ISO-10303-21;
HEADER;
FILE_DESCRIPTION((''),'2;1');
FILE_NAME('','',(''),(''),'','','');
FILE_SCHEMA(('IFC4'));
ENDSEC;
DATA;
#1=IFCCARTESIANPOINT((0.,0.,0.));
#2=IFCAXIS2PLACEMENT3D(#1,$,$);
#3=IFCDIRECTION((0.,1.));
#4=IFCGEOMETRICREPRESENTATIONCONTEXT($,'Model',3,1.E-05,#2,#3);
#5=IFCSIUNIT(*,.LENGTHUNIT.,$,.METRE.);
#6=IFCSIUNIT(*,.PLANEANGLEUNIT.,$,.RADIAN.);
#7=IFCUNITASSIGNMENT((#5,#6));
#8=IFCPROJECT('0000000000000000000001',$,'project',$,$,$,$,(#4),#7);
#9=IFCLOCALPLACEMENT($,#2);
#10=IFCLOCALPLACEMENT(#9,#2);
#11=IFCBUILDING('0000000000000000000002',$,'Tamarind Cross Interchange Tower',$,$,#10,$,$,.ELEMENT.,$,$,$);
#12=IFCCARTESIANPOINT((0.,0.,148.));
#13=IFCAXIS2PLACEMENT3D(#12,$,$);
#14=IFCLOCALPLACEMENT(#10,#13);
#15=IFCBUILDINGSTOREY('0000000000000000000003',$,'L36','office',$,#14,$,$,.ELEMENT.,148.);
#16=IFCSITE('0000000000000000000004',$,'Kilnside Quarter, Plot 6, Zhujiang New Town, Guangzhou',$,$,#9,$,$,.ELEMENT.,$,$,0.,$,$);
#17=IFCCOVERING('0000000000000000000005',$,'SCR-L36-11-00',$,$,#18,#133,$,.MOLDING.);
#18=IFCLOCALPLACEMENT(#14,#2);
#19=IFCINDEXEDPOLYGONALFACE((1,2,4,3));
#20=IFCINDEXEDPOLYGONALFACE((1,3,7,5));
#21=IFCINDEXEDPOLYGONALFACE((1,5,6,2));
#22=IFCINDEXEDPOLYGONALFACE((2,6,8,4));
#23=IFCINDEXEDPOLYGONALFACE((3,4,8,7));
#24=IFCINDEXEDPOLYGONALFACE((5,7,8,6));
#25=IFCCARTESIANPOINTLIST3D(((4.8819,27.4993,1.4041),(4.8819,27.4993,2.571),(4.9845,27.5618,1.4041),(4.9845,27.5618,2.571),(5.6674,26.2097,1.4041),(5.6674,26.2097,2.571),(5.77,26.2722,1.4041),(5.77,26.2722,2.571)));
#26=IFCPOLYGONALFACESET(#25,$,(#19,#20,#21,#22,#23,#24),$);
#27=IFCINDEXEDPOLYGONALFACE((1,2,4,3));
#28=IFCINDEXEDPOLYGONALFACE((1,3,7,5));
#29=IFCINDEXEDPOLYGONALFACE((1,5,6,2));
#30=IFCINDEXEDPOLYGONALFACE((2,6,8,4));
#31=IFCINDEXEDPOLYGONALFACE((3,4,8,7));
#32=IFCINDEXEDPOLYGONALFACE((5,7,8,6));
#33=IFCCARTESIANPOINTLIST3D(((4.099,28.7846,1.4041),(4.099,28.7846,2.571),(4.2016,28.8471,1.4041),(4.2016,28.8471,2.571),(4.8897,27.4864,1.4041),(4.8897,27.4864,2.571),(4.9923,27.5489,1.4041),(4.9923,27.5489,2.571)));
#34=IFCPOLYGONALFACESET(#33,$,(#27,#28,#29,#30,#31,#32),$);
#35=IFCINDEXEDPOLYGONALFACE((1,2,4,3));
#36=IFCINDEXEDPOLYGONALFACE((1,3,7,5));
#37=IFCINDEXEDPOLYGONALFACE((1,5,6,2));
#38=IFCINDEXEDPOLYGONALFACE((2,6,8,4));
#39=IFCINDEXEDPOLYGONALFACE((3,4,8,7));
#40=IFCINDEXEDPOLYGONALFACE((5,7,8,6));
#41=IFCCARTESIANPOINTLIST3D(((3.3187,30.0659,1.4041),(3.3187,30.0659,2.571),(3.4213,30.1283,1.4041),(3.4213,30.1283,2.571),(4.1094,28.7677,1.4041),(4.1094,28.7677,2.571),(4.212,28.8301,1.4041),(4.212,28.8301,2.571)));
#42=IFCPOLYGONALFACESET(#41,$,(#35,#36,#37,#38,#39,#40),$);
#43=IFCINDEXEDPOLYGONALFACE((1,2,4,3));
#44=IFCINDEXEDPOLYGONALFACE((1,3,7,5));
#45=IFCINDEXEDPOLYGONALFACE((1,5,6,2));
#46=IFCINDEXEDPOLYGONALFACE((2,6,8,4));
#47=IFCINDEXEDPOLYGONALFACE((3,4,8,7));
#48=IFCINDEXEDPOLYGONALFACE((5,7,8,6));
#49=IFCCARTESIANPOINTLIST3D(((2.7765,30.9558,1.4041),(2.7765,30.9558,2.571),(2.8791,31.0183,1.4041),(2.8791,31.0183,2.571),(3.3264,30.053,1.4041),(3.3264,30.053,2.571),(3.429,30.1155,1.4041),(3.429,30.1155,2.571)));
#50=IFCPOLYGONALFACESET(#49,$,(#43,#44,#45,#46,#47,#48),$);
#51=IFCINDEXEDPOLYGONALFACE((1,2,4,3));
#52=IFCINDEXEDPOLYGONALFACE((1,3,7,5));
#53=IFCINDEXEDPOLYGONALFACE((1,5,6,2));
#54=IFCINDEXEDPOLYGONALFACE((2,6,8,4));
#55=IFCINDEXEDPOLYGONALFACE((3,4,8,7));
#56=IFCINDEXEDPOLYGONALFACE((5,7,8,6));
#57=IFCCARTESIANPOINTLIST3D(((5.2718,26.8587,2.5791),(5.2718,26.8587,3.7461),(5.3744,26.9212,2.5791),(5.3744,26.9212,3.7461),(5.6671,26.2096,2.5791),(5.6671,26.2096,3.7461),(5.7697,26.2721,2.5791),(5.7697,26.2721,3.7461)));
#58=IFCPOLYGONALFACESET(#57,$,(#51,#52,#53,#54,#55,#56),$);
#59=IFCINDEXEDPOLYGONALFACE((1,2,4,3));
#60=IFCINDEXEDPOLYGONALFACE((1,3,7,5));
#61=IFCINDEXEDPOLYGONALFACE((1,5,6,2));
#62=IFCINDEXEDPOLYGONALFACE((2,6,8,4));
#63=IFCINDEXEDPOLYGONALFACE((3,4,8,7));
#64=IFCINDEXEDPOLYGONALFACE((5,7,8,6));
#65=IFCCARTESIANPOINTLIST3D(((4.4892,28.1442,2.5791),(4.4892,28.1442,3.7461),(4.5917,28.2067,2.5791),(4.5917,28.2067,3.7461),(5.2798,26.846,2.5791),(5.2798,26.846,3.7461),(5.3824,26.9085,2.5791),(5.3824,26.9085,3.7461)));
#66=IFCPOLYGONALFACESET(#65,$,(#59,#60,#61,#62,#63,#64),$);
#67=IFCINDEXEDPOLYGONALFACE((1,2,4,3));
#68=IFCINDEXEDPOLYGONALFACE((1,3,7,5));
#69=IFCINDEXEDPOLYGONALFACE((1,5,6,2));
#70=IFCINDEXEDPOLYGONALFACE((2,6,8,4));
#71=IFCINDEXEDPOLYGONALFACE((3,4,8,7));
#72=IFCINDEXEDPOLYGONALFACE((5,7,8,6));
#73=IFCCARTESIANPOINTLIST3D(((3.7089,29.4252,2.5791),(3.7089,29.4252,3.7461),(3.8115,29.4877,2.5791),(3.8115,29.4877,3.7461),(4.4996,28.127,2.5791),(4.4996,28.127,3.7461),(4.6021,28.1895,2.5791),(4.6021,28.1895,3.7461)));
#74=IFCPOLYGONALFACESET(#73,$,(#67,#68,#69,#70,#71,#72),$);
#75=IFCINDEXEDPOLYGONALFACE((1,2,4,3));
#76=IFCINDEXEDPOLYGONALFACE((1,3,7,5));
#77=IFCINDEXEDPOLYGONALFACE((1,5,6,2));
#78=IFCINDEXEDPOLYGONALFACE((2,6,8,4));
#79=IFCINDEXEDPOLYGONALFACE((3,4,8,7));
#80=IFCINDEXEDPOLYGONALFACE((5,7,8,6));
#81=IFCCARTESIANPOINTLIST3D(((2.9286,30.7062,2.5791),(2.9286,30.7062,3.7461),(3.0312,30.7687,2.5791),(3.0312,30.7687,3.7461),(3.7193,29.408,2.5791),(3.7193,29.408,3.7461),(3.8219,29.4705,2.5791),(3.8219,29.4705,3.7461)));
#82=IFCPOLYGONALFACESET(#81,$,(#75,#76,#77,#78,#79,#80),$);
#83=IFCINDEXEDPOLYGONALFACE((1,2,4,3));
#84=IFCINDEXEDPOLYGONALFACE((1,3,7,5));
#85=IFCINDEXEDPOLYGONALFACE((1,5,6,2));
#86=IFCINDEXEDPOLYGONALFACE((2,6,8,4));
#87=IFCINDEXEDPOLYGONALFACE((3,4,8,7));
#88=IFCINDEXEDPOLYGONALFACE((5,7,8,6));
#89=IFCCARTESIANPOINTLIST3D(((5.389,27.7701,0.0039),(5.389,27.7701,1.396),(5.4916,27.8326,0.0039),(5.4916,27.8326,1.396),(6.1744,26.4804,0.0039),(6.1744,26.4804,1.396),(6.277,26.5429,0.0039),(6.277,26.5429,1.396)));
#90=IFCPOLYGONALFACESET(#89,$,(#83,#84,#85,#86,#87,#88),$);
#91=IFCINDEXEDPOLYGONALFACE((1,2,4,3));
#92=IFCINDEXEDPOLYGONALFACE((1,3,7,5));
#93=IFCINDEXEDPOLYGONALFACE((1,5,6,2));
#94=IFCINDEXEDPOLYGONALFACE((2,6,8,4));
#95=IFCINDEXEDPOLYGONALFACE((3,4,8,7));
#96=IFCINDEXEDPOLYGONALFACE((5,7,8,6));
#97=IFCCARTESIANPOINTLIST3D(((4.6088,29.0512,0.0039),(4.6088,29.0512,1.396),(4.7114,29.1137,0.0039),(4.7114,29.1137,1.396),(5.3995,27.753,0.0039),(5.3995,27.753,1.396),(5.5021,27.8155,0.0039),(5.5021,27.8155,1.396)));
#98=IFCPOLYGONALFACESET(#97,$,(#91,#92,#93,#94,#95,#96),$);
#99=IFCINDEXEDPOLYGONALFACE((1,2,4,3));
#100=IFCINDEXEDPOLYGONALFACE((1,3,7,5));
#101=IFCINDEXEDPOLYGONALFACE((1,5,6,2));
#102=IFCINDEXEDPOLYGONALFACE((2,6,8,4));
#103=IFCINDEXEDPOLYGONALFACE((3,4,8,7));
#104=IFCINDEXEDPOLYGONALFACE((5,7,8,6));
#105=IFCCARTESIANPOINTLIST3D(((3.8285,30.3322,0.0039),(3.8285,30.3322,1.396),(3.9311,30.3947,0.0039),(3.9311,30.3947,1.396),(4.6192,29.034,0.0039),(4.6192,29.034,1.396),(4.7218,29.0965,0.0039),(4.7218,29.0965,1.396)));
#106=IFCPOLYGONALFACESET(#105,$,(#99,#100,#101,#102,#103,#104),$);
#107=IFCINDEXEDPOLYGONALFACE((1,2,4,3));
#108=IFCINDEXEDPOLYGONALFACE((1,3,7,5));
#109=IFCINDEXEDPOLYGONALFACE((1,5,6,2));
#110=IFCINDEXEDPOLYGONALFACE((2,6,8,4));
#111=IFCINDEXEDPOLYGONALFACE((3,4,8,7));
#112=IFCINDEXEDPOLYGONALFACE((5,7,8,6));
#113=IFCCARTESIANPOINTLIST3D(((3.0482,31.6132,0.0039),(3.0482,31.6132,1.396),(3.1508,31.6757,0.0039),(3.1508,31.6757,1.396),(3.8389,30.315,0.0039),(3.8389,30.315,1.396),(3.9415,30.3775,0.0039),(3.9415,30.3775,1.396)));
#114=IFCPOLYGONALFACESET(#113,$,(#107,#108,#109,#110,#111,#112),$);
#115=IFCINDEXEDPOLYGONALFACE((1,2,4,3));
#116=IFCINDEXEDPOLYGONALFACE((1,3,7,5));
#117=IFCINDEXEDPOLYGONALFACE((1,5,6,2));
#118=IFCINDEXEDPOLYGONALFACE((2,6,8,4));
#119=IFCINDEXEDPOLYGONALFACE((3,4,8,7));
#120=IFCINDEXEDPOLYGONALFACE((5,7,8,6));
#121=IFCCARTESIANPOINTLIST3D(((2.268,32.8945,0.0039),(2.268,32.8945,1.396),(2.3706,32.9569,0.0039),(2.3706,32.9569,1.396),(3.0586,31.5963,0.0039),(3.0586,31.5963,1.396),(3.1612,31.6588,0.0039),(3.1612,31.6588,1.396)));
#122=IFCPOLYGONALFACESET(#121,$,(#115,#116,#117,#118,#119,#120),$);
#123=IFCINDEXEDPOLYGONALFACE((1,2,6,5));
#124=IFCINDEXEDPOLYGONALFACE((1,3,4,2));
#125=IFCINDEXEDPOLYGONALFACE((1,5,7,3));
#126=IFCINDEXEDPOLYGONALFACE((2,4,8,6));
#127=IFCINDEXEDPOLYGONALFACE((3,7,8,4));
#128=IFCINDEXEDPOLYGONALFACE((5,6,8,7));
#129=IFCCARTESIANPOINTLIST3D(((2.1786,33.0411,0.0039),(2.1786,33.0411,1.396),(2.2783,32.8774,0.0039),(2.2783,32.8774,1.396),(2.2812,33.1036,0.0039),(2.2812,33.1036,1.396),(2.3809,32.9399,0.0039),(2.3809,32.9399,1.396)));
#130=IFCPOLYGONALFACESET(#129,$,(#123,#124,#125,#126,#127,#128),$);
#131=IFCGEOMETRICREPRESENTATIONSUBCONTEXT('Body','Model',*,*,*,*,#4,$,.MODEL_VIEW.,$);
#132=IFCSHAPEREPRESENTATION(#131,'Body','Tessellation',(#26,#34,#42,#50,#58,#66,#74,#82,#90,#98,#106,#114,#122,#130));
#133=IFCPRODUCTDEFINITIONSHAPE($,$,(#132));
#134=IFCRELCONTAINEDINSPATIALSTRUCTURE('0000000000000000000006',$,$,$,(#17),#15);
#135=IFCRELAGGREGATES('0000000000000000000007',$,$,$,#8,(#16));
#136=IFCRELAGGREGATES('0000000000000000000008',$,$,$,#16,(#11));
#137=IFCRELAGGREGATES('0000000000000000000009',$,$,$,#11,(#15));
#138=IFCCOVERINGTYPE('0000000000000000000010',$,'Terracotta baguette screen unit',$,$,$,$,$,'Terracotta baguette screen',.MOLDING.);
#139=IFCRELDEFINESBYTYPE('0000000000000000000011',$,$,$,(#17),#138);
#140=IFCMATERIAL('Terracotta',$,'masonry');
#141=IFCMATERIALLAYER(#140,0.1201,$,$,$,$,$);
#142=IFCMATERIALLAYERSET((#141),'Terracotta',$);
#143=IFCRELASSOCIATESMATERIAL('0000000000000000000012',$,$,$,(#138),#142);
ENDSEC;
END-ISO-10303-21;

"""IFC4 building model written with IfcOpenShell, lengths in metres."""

from ifc_helpers import new_model, si_unit, direction, frame, origin, origin_2d, place, context, subcontext, project, spatial, rectangle, extrude, material, layer, layer_set, type_object, element, save


model = new_model("IFC4")

# Units and contexts
model_context = context("Model", 3, precision=1e-05, world=origin(), true_north=direction((0.0, 1.0)))
body_context = subcontext(model_context, "Body", "Model", "MODEL_VIEW")
ifc_project = project(units=[si_unit("LENGTHUNIT", "METRE"), si_unit("PLANEANGLEUNIT", "RADIAN")], contexts=[model_context])

# Site, building, storey
site_placement = place(None, origin())
site = spatial("IfcSite", under=ifc_project, at=site_placement, Name="Kilnside Quarter, Plot 6, Zhujiang New Town, Guangzhou", CompositionType="ELEMENT", RefElevation=0.0)
building_placement = place(site_placement, origin())
building = spatial("IfcBuilding", under=site, at=building_placement, Name="Tamarind Cross Interchange Tower", CompositionType="ELEMENT")
storey_placement = place(building_placement, frame((0.0, 0.0, 148.0)))
storey = spatial("IfcBuildingStorey", under=building, at=storey_placement, Name="L36", Description="office", CompositionType="ELEMENT", Elevation=148.0)

# Covering
ifc_material_1 = material(Name="Terracotta", Category="masonry")
ifc_layer_1 = layer(ifc_material_1, 0.1201)
ifc_layer_set_1 = layer_set([ifc_layer_1], Name="Terracotta")
covering_type = type_object("IfcCoveringType", Name="Terracotta baguette screen unit", ElementType="Terracotta baguette screen", PredefinedType="MOLDING", material=ifc_layer_set_1)
covering_1_placement = place(storey_placement, origin())
element("IfcCovering", 1, at=covering_1_placement, inside=storey, type_object=covering_type, Name="SCR-L36-11-00", PredefinedType="MOLDING", context=body_context, shape_type="SweptSolid", body=[
    extrude(rectangle(XDim=1.51, YDim=0.1201, at=origin_2d()), frame((5.3259, 26.8857, 1.4041), z_axis=(0.0, 0.0, 1.0), x_axis=(-0.520175, 0.85406, 0.0)), (0.0, 0.0, 1.0), 1.167),
    extrude(rectangle(XDim=1.52, YDim=0.1201, at=origin_2d()), frame((4.5457, 28.1667, 1.4041), z_axis=(0.0, 0.0, 1.0), x_axis=(-0.520175, 0.85406, 0.0)), (0.0, 0.0, 1.0), 1.167),
    extrude(rectangle(XDim=1.52, YDim=0.1201, at=origin_2d()), frame((3.7654, 29.448, 1.4041), z_axis=(0.0, 0.0, 1.0), x_axis=(-0.520175, 0.85406, 0.0)), (0.0, 0.0, 1.0), 1.167),
    extrude(rectangle(XDim=1.0571, YDim=0.1201, at=origin_2d()), frame((3.1028, 30.5356, 1.4041), z_axis=(0.0, 0.0, 1.0), x_axis=(-0.520175, 0.85406, 0.0)), (0.0, 0.0, 1.0), 1.167),
    extrude(rectangle(XDim=0.76, YDim=0.1201, at=origin_2d()), frame((5.5208, 26.5654, 2.5791), z_axis=(0.0, 0.0, 1.0), x_axis=(-0.520175, 0.85406, 0.0)), (0.0, 0.0, 1.0), 1.167),
    extrude(rectangle(XDim=1.52, YDim=0.1201, at=origin_2d()), frame((4.9358, 27.5264, 2.5791), z_axis=(0.0, 0.0, 1.0), x_axis=(-0.520175, 0.85406, 0.0)), (0.0, 0.0, 1.0), 1.167),
    extrude(rectangle(XDim=1.52, YDim=0.1201, at=origin_2d()), frame((4.1555, 28.8074, 2.5791), z_axis=(0.0, 0.0, 1.0), x_axis=(-0.520175, 0.85406, 0.0)), (0.0, 0.0, 1.0), 1.167),
    extrude(rectangle(XDim=1.52, YDim=0.1201, at=origin_2d()), frame((3.3752, 30.0884, 2.5791), z_axis=(0.0, 0.0, 1.0), x_axis=(-0.520175, 0.85406, 0.0)), (0.0, 0.0, 1.0), 1.167),
    extrude(rectangle(XDim=1.51, YDim=0.1201, at=origin_2d()), frame((5.833, 27.1565, 0.0039), z_axis=(0.0, 0.0, 1.0), x_axis=(-0.520175, 0.85406, 0.0)), (0.0, 0.0, 1.0), 1.3921),
    extrude(rectangle(XDim=1.52, YDim=0.1201, at=origin_2d()), frame((5.0554, 28.4333, 0.0039), z_axis=(0.0, 0.0, 1.0), x_axis=(-0.520175, 0.85406, 0.0)), (0.0, 0.0, 1.0), 1.3921),
    extrude(rectangle(XDim=1.52, YDim=0.1201, at=origin_2d()), frame((4.2751, 29.7144, 0.0039), z_axis=(0.0, 0.0, 1.0), x_axis=(-0.520175, 0.85406, 0.0)), (0.0, 0.0, 1.0), 1.3921),
    extrude(rectangle(XDim=1.52, YDim=0.1201, at=origin_2d()), frame((3.4949, 30.9954, 0.0039), z_axis=(0.0, 0.0, 1.0), x_axis=(-0.520175, 0.85406, 0.0)), (0.0, 0.0, 1.0), 1.3921),
    extrude(rectangle(XDim=1.52, YDim=0.1201, at=origin_2d()), frame((2.7146, 32.2766, 0.0039), z_axis=(0.0, 0.0, 1.0), x_axis=(-0.520175, 0.85406, 0.0)), (0.0, 0.0, 1.0), 1.3921),
    extrude(rectangle(XDim=0.1917, YDim=0.1201, at=origin_2d()), frame((2.2798, 32.9905, 0.0039), z_axis=(0.0, 0.0, 1.0), x_axis=(-0.520175, 0.85406, 0.0)), (0.0, 0.0, 1.0), 1.3921),
])

save(model, "model.ifc")
